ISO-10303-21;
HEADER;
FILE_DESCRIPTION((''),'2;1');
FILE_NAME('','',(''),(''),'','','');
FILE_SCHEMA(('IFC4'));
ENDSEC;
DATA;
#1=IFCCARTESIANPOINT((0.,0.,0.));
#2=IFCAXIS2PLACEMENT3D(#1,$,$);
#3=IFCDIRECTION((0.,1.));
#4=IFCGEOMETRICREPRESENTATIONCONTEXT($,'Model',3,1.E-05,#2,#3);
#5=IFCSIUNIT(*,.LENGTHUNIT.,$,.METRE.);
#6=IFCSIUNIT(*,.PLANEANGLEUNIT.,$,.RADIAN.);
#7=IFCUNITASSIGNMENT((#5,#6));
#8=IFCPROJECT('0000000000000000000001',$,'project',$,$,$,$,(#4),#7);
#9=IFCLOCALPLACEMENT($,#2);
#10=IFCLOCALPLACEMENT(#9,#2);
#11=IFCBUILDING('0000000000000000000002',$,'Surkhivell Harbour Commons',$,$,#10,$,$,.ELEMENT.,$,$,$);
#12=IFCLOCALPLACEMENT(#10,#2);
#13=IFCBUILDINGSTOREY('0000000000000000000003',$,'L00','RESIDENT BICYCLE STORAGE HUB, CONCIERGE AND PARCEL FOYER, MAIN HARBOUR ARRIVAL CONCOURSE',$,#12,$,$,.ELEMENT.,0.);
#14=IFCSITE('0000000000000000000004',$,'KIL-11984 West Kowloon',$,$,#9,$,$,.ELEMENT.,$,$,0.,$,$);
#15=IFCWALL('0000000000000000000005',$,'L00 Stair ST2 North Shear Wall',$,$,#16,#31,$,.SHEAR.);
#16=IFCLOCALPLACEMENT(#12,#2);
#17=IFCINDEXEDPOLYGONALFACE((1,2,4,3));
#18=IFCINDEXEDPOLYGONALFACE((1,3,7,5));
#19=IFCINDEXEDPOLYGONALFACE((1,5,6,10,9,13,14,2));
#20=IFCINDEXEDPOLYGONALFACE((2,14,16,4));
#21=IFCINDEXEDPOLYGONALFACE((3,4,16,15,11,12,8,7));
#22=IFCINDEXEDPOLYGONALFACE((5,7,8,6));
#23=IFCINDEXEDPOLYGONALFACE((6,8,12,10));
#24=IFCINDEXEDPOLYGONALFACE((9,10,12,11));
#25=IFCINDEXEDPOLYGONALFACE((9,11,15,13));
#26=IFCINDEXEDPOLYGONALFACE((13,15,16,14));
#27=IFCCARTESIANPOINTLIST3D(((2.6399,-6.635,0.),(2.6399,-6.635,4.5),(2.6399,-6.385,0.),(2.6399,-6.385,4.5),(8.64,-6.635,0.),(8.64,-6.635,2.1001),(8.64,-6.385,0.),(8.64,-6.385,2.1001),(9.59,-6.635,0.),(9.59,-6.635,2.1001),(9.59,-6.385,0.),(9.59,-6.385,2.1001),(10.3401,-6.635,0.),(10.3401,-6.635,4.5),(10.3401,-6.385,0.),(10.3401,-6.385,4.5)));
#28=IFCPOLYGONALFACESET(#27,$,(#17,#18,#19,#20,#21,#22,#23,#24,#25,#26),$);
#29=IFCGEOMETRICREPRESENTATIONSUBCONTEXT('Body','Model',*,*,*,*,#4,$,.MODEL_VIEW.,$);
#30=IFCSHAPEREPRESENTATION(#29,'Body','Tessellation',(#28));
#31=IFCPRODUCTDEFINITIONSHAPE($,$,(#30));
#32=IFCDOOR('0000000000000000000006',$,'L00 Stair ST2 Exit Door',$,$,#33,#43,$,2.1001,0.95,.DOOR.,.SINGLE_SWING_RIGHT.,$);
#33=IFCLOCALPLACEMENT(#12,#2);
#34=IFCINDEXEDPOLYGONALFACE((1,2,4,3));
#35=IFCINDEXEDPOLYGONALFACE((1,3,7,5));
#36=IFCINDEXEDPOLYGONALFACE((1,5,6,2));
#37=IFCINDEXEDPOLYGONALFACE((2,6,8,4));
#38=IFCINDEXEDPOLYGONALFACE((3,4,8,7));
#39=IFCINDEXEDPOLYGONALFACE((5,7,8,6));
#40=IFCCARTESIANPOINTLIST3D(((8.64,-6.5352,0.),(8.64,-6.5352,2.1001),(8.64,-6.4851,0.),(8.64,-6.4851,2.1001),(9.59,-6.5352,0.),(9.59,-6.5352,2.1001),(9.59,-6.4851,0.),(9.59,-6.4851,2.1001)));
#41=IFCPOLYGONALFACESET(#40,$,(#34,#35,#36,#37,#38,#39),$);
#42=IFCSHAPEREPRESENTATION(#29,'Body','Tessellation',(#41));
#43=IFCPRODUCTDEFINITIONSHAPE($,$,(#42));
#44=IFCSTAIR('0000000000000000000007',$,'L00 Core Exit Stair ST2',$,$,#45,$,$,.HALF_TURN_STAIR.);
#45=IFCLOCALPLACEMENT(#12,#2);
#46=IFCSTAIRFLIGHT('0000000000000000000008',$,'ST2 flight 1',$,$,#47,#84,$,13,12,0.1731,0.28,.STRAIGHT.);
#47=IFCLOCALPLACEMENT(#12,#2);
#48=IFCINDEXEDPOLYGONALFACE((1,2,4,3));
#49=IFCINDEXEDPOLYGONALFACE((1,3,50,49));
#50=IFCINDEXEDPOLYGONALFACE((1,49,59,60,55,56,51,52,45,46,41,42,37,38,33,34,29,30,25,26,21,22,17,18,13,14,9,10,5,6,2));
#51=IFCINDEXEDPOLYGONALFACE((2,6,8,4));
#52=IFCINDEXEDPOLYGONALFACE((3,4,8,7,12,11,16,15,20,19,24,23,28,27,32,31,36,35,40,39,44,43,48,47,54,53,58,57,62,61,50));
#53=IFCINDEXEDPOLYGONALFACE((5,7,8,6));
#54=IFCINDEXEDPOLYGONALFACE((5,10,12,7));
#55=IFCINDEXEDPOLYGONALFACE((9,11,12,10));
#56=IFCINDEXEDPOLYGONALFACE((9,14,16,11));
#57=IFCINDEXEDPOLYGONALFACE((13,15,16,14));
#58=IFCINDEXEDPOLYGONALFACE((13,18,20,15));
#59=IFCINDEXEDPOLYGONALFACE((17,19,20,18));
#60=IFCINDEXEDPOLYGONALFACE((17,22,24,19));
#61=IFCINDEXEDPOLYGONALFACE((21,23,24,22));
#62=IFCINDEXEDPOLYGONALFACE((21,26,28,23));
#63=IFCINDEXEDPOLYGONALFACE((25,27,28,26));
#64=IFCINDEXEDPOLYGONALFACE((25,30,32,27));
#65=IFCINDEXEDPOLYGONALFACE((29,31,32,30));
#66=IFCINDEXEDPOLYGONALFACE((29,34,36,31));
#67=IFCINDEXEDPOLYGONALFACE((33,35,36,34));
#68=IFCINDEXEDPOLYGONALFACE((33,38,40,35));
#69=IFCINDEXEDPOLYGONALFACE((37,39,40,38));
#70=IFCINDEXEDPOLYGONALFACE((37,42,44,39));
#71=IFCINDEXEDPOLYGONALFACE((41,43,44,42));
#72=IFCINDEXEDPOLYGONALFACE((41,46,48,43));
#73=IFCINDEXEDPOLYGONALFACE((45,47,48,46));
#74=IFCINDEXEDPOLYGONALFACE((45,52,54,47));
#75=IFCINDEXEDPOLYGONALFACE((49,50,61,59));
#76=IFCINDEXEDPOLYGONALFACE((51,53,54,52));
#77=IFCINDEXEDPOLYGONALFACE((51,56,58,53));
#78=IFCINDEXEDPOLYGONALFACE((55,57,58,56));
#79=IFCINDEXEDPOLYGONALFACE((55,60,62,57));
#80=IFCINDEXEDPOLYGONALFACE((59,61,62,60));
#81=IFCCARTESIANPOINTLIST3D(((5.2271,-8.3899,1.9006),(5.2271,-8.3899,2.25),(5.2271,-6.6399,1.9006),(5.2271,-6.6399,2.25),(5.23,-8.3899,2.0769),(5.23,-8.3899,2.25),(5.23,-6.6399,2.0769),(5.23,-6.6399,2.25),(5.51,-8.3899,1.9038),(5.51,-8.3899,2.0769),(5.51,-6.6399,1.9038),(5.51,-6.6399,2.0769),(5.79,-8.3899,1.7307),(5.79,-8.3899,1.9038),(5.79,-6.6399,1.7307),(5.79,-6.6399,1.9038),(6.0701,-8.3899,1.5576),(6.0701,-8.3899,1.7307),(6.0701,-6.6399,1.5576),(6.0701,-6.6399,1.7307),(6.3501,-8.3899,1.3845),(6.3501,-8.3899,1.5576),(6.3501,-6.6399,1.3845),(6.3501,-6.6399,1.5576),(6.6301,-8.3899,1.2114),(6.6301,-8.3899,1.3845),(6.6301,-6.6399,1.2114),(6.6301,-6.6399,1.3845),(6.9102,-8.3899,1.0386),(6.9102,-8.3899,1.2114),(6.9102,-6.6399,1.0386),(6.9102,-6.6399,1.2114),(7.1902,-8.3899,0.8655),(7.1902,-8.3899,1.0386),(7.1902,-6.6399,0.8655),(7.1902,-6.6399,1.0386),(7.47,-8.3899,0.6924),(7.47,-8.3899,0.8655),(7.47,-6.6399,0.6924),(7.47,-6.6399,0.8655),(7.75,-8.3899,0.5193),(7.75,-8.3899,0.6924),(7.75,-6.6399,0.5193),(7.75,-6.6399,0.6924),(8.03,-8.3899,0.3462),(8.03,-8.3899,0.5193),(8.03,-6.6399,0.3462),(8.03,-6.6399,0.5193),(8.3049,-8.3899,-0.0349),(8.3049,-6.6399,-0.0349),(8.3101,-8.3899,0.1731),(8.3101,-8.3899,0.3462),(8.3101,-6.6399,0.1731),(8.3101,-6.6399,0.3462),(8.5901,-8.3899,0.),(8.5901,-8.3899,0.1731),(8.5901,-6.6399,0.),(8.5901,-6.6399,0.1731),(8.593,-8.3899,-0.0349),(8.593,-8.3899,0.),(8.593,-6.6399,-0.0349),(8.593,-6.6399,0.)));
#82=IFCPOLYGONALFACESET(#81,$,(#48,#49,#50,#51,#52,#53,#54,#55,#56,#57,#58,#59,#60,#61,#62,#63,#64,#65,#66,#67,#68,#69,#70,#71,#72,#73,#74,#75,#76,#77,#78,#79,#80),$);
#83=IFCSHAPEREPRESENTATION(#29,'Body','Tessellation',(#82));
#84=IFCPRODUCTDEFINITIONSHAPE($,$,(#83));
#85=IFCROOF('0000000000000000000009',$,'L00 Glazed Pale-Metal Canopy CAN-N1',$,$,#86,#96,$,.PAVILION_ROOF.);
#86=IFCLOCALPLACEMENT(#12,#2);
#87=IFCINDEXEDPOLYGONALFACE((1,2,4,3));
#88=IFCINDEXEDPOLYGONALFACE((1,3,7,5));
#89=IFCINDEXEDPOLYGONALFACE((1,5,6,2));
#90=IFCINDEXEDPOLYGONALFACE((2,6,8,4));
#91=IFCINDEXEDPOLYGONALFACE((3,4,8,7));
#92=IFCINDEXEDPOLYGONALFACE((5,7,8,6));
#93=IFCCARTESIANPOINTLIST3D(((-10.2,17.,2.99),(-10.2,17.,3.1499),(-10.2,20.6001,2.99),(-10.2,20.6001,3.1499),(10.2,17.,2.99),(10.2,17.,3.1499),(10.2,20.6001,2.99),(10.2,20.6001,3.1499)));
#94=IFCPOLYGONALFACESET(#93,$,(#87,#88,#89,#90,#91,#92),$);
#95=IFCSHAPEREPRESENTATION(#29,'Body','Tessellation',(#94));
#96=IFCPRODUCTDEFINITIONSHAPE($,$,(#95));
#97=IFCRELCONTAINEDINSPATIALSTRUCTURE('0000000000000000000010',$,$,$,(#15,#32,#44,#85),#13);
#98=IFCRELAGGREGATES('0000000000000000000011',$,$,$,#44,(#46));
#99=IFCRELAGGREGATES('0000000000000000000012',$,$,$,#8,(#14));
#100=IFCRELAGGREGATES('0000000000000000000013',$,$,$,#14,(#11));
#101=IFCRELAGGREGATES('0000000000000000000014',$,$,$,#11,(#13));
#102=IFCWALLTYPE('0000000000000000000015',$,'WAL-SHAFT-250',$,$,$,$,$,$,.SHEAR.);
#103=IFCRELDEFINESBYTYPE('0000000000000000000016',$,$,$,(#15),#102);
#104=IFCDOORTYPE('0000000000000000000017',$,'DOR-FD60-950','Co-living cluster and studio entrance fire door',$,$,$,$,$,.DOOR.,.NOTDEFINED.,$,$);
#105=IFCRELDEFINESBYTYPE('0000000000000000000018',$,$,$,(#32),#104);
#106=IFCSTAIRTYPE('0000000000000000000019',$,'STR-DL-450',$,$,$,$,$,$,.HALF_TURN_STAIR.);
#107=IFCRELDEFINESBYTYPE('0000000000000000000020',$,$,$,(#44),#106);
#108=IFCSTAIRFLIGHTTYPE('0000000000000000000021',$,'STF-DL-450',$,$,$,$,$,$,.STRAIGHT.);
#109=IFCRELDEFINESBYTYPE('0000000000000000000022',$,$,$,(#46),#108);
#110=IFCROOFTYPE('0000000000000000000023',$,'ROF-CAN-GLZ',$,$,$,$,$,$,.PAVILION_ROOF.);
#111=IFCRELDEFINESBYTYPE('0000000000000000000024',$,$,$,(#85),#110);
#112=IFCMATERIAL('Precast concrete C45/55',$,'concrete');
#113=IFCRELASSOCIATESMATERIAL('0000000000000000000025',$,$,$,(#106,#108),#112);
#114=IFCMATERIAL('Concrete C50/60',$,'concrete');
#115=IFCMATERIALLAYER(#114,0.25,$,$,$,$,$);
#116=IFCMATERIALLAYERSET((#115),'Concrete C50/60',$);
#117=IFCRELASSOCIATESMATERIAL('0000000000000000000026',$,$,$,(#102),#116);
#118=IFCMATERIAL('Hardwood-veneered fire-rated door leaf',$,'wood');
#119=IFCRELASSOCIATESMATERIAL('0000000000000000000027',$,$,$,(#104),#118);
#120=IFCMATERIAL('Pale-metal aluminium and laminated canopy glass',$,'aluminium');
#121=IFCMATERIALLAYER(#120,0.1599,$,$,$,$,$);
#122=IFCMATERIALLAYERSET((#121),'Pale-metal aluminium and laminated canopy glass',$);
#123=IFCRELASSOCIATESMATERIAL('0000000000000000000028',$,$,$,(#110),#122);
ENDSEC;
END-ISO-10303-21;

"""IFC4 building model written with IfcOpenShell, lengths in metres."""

from ifc_helpers import new_model, si_unit, direction, frame, frame_2d, origin, place, context, subcontext, project, spatial, polyline, rectangle, outline, extrude, material, layer, layer_set, type_object, element, fill, aggregate, save


model = new_model("IFC4")

# Units and contexts
model_context = context("Model", 3, precision=1e-05, world=origin(), true_north=direction((0.0, 1.0)))
body_context = subcontext(model_context, "Body", "Model", "MODEL_VIEW")
ifc_project = project(units=[si_unit("LENGTHUNIT", "METRE"), si_unit("PLANEANGLEUNIT", "RADIAN")], contexts=[model_context])

# Site, building, storey
site_placement = place(None, origin())
site = spatial("IfcSite", under=ifc_project, at=site_placement, Name="KIL-11984 West Kowloon", CompositionType="ELEMENT", RefElevation=0.0)
building_placement = place(site_placement, origin())
building = spatial("IfcBuilding", under=site, at=building_placement, Name="Surkhivell Harbour Commons", CompositionType="ELEMENT")
storey_placement = place(building_placement, origin())
storey = spatial("IfcBuildingStorey", under=building, at=storey_placement, Name="L00", Description="RESIDENT BICYCLE STORAGE HUB, CONCIERGE AND PARCEL FOYER, MAIN HARBOUR ARRIVAL CONCOURSE", CompositionType="ELEMENT", Elevation=0.0)

# Shared definitions
ifc_material_1 = material(Name="Precast concrete C45/55", Category="concrete")
stair_type = type_object("IfcStairType", Name="STR-DL-450", PredefinedType="HALF_TURN_STAIR", material=ifc_material_1)

# Shared definitions
ifc_material_2 = material(Name="Concrete C50/60", Category="concrete")
ifc_layer_1 = layer(ifc_material_2, 0.25)
ifc_layer_set_1 = layer_set([ifc_layer_1], Name="Concrete C50/60")
wall_type = type_object("IfcWallType", Name="WAL-SHAFT-250", PredefinedType="SHEAR", material=ifc_layer_set_1)

# Wall, opening, door
ifc_material_3 = material(Name="Hardwood-veneered fire-rated door leaf", Category="wood")
wall_1_placement = place(storey_placement, frame((2.6399, -6.51, 0.0), z_axis=(0.0, 0.0, 1.0), x_axis=(1.0, 0.0, 0.0)))
wall_1 = element("IfcWall", 1, at=wall_1_placement, inside=storey, type_object=wall_type, Name="L00 Stair ST2 North Shear Wall", PredefinedType="SHEAR", context=body_context, shape_type="SweptSolid", body=[
    extrude(rectangle(XDim=7.7002, YDim=0.25, at=frame_2d((3.8501, 0.0))), origin(), (0.0, 0.0, 1.0), 4.5),
])
opening_1_placement = place(wall_1_placement, frame((6.0, 0.0, 0.0)))
opening_1 = element("IfcOpeningElement", 2, at=opening_1_placement, cuts=wall_1, PredefinedType="OPENING", context=body_context, shape_type="SweptSolid", body=[
    extrude(rectangle(XDim=0.95, YDim=2.1001, at=frame_2d((0.4751, 1.05))), frame((0.0, 0.135, 0.0), z_axis=(0.0, -1.0, 0.0), x_axis=(1.0, 0.0, 0.0)), (0.0, 0.0, 1.0), 0.27),
])
door_type_1 = type_object("IfcDoorType", Name="DOR-FD60-950", Description="Co-living cluster and studio entrance fire door", OperationType="NOTDEFINED", PredefinedType="DOOR", material=ifc_material_3)
door_1_placement = place(opening_1_placement, origin())
door_1 = element("IfcDoor", 3, at=door_1_placement, inside=storey, type_object=door_type_1, Name="L00 Stair ST2 Exit Door", OperationType="SINGLE_SWING_RIGHT", OverallHeight=2.1001, OverallWidth=0.95, PredefinedType="DOOR", context=body_context, shape_type="SweptSolid", body=[
    extrude(rectangle(XDim=0.95, YDim=2.1001, at=frame_2d((0.4751, 1.05))), frame((0.0, 0.0249, 0.0), z_axis=(0.0, -1.0, 0.0), x_axis=(1.0, 0.0, 0.0)), (0.0, 0.0, 1.0), 0.05),
])
fill(opening_1, door_1)

# Stair, stair flight
stair_1_placement = place(storey_placement, origin())
stair_1 = element("IfcStair", 4, at=stair_1_placement, inside=storey, type_object=stair_type, Name="L00 Core Exit Stair ST2", PredefinedType="HALF_TURN_STAIR")
stair_flight_type = type_object("IfcStairFlightType", Name="STF-DL-450", PredefinedType="STRAIGHT", material=ifc_material_1)
stair_flight_placement = place(storey_placement, frame((8.5901, -7.5149, 0.0), z_axis=(0.0, 0.0, 1.0), x_axis=(-1.0, 0.0, 0.0)))
stair_flight = element("IfcStairFlight", 5, at=stair_flight_placement, type_object=stair_flight_type, Name="ST2 flight 1", NumberOfRisers=13, NumberOfTreads=12, PredefinedType="STRAIGHT", RiserHeight=0.1731, TreadLength=0.28, context=body_context, shape_type="SweptSolid", body=[
    extrude(outline(polyline([(-0.0029, -0.0349), (-0.0029, 0.0), (0.0, 0.0), (0.0, 0.1731), (0.28, 0.1731), (0.28, 0.3462), (0.5601, 0.3462), (0.5601, 0.5193), (0.8401, 0.5193), (0.8401, 0.6924), (1.1201, 0.6924), (1.1201, 0.8655), (1.3999, 0.8655), (1.3999, 1.0386), (1.6799, 1.0386), (1.6799, 1.2114), (1.96, 1.2114), (1.96, 1.3845), (2.24, 1.3845), (2.24, 1.5576), (2.52, 1.5576), (2.52, 1.7307), (2.8, 1.7307), (2.8, 1.9038), (3.0801, 1.9038), (3.0801, 2.0769), (3.3601, 2.0769), (3.3601, 2.25), (3.363, 2.25), (3.363, 1.9006), (0.2852, -0.0349), (-0.0029, -0.0349)])), frame((0.0, 0.875, 0.0), z_axis=(0.0, -1.0, 0.0), x_axis=(1.0, 0.0, 0.0)), (0.0, 0.0, 1.0), 1.75),
])
aggregate(stair_1, [stair_flight])

# Roof
ifc_material_4 = material(Name="Pale-metal aluminium and laminated canopy glass", Category="aluminium")
ifc_layer_2 = layer(ifc_material_4, 0.1599)
ifc_layer_set_2 = layer_set([ifc_layer_2], Name="Pale-metal aluminium and laminated canopy glass")
roof_type = type_object("IfcRoofType", Name="ROF-CAN-GLZ", PredefinedType="PAVILION_ROOF", material=ifc_layer_set_2)
roof_placement = place(storey_placement, frame((0.0, 0.0, 2.99)))
element("IfcRoof", 6, at=roof_placement, inside=storey, type_object=roof_type, Name="L00 Glazed Pale-Metal Canopy CAN-N1", PredefinedType="PAVILION_ROOF", context=body_context, shape_type="SweptSolid", body=[
    extrude(outline(polyline([(-10.2, 17.0), (10.2, 17.0), (10.2, 20.6001), (-10.2, 20.6001), (-10.2, 17.0)])), origin(), (0.0, 0.0, 1.0), 0.1599),
])

save(model, "model.ifc")
